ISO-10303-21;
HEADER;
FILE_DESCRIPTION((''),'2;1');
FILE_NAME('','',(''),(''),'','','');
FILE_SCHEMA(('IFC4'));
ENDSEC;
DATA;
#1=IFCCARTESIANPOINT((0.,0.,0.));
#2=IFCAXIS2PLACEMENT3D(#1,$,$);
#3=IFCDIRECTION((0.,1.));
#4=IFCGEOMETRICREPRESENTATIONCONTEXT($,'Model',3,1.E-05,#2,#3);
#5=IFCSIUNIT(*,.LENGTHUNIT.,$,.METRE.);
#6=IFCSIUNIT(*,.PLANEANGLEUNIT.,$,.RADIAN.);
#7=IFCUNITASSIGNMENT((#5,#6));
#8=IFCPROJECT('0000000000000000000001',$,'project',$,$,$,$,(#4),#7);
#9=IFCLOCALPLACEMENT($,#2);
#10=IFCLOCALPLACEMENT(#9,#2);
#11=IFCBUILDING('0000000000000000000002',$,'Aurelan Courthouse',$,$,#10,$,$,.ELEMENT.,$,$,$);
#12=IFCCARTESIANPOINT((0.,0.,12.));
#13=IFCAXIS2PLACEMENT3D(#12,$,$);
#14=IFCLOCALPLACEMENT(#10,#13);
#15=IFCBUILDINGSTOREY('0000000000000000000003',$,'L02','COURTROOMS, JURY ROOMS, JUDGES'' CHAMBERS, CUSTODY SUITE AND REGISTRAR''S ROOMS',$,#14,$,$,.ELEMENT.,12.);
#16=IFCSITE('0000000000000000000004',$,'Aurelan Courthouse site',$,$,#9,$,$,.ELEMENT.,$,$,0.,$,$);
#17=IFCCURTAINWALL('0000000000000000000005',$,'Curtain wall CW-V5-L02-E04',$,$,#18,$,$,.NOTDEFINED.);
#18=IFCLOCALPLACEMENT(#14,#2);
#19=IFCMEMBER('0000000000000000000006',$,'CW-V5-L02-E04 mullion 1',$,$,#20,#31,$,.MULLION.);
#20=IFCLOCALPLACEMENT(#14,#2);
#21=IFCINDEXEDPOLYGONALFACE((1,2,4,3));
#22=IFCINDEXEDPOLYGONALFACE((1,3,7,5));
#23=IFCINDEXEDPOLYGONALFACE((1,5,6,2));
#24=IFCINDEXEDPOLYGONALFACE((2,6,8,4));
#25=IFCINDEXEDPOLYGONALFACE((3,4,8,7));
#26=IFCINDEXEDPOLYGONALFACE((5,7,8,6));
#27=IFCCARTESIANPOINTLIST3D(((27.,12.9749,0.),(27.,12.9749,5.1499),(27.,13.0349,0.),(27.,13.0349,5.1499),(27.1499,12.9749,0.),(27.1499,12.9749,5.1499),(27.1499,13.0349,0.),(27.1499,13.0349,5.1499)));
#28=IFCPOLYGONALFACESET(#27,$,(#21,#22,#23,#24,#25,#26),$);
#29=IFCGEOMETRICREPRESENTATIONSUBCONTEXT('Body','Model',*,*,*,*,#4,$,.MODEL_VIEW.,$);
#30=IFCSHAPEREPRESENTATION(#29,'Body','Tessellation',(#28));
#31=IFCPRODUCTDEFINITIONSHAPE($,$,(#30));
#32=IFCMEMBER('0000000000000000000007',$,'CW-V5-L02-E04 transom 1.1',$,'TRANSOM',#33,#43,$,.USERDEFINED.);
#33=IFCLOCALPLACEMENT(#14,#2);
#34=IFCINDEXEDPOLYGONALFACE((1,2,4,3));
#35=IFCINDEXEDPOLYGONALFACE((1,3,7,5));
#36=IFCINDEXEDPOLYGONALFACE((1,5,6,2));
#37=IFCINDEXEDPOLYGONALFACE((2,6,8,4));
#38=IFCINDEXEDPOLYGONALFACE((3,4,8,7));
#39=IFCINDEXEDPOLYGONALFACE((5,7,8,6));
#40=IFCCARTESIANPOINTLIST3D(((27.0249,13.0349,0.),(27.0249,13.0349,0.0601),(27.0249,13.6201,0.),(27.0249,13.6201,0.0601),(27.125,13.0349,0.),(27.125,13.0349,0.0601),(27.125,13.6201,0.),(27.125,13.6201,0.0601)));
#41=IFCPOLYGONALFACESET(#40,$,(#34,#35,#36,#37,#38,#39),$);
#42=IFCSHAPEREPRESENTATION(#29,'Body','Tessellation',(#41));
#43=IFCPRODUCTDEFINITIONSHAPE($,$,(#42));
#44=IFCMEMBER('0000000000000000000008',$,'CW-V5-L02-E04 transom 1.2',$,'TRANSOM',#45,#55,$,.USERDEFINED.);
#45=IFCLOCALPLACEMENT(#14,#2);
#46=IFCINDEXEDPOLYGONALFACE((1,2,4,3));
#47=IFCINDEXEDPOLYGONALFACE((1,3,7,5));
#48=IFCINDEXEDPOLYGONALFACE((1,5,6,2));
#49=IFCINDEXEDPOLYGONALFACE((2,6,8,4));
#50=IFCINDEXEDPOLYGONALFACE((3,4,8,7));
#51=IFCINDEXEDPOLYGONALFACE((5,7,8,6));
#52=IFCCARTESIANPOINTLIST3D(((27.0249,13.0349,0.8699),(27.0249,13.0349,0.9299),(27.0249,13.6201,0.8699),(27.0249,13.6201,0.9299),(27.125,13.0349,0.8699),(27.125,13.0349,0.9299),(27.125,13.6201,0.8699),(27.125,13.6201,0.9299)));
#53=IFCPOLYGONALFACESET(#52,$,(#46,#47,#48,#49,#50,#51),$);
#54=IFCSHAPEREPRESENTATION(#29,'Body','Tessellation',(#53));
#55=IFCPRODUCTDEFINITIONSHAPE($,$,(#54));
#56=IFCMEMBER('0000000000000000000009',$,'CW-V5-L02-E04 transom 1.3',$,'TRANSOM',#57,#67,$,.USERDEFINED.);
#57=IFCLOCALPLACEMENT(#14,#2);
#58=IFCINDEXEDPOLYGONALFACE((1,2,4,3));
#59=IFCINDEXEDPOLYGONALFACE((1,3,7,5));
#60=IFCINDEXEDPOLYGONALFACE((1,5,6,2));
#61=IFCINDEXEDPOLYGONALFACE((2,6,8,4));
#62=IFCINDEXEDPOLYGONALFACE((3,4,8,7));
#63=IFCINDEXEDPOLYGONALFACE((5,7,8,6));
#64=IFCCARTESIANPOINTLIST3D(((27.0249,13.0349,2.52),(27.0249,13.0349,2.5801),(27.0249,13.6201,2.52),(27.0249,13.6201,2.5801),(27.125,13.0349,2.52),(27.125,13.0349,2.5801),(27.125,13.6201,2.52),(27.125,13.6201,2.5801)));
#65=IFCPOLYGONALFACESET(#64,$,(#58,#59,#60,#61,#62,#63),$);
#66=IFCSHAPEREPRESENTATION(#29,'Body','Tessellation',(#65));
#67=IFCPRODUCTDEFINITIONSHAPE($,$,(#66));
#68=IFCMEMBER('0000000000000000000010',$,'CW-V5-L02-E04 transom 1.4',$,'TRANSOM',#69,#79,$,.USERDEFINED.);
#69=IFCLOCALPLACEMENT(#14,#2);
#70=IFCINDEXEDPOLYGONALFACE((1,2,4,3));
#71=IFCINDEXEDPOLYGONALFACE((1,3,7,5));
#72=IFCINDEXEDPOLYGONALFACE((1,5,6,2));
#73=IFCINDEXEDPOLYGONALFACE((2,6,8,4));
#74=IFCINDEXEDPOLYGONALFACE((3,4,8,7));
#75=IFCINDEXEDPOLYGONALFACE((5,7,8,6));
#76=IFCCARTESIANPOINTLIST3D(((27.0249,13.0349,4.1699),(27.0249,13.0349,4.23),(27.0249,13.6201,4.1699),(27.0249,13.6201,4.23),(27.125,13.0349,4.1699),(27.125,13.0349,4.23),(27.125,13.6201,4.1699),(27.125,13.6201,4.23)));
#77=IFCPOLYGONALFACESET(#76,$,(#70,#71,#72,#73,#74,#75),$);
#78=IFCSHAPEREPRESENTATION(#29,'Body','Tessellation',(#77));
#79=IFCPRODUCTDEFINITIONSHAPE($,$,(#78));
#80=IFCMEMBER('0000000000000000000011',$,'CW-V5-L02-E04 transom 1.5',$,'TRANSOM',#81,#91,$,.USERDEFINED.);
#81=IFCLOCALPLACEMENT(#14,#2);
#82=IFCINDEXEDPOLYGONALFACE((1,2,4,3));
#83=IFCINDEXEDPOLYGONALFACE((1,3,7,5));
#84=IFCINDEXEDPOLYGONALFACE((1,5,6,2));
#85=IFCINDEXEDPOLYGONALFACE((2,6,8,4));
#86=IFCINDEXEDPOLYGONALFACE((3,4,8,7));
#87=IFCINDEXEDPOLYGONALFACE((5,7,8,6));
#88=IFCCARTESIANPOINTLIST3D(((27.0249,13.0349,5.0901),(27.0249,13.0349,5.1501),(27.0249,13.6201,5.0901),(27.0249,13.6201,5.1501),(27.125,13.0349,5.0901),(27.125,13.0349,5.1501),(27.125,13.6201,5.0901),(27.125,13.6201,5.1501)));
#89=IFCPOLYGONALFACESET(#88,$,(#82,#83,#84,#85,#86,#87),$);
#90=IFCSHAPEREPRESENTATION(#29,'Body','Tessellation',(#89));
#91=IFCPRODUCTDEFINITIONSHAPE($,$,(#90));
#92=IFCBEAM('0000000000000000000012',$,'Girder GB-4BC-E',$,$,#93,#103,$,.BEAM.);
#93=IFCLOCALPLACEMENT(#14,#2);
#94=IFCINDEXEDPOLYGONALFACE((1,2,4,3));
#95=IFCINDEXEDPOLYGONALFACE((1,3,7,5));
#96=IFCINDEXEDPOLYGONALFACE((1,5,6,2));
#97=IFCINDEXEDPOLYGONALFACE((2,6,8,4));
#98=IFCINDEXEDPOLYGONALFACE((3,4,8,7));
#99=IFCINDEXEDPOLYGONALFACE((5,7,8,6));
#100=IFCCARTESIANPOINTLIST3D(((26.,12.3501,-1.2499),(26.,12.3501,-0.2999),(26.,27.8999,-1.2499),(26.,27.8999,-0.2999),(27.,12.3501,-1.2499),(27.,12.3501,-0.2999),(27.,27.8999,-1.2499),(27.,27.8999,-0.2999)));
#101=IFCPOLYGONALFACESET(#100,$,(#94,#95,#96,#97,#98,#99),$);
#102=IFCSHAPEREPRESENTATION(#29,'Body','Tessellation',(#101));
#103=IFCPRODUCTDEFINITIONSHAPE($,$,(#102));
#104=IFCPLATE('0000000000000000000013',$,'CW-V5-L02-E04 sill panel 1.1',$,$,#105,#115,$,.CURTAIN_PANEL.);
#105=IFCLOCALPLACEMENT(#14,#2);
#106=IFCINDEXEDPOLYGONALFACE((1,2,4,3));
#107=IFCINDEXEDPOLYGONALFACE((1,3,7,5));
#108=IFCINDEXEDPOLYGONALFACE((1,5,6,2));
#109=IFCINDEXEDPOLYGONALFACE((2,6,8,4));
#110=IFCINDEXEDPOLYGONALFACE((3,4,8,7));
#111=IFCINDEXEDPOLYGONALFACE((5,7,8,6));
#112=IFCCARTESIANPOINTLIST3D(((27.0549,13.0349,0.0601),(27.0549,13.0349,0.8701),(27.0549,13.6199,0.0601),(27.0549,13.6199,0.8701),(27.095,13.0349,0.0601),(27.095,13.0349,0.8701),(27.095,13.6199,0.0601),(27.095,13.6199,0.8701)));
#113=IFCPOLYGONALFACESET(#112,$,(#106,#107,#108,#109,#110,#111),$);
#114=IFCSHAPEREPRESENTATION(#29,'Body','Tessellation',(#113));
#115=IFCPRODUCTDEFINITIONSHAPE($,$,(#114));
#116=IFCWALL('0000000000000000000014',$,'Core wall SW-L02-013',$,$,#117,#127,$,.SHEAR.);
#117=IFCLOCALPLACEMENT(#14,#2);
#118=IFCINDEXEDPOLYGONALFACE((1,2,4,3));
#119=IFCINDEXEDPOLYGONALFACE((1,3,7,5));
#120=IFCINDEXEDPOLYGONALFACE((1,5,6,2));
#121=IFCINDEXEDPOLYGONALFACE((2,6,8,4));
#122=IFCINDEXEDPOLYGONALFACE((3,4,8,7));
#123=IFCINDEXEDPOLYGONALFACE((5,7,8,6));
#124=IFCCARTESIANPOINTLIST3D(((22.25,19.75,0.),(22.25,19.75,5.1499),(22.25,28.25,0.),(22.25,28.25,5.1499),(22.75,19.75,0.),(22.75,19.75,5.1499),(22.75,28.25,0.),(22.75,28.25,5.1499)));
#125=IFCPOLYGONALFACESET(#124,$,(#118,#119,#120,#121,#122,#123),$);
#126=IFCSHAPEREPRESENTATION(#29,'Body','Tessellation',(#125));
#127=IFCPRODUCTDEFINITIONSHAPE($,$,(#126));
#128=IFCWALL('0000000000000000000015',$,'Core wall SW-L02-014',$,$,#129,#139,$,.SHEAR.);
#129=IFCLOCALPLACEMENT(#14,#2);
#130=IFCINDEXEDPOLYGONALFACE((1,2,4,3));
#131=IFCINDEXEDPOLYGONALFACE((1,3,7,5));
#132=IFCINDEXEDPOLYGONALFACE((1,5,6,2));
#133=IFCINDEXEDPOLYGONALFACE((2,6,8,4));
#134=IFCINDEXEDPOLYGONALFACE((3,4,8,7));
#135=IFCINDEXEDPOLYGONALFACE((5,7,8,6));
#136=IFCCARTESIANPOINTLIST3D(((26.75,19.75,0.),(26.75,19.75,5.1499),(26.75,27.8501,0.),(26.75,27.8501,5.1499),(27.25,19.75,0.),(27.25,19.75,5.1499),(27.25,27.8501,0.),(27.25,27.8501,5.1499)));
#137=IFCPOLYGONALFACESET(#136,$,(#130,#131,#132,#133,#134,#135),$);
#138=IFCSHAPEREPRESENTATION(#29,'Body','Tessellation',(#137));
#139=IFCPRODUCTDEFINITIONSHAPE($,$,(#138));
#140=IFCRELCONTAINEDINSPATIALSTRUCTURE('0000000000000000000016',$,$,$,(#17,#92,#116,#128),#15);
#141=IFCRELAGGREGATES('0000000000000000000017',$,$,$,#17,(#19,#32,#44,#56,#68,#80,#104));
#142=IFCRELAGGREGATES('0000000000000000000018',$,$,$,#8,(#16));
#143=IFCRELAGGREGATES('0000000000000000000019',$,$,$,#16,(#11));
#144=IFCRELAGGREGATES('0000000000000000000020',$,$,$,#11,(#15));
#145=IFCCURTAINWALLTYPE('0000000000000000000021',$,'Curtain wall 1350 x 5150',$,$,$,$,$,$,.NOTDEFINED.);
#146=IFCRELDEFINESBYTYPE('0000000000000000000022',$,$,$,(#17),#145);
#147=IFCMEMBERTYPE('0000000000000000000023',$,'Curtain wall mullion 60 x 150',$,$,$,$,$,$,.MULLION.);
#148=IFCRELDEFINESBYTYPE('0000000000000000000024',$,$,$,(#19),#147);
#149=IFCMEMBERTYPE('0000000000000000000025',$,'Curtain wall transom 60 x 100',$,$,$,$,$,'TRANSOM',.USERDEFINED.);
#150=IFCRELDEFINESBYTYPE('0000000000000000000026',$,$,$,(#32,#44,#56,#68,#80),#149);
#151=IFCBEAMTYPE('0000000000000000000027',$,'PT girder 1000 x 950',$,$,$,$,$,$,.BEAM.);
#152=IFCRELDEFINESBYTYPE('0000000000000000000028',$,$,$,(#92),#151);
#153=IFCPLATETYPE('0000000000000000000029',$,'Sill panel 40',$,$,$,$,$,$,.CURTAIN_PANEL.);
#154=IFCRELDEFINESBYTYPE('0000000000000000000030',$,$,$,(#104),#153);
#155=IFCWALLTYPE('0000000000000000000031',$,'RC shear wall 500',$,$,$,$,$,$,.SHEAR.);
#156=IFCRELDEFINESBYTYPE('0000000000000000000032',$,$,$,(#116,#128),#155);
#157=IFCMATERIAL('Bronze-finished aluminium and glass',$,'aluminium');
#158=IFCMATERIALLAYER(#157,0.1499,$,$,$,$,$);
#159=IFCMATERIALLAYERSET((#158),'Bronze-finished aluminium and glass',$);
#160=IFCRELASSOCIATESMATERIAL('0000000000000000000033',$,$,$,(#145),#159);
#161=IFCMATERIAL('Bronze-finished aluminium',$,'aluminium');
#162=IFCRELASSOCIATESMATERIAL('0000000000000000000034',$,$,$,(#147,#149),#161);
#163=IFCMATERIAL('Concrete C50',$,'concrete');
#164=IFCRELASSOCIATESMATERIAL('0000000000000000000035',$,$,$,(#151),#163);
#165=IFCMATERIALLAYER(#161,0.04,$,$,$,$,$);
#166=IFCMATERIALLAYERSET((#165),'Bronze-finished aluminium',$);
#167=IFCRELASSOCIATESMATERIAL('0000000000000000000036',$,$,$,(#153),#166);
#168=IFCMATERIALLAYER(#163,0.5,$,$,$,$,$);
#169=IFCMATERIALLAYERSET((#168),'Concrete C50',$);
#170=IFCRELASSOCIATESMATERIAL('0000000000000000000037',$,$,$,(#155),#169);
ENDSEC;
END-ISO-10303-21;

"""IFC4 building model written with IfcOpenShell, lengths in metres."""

from ifc_helpers import new_model, si_unit, direction, frame, frame_2d, origin, origin_2d, place, context, subcontext, project, spatial, rectangle, extrude, material, layer, layer_set, material_profile, profile_set, type_object, element, aggregate, save


model = new_model("IFC4")

# Units and contexts
model_context = context("Model", 3, precision=1e-05, world=origin(), true_north=direction((0.0, 1.0)))
body_context = subcontext(model_context, "Body", "Model", "MODEL_VIEW")
ifc_project = project(units=[si_unit("LENGTHUNIT", "METRE"), si_unit("PLANEANGLEUNIT", "RADIAN")], contexts=[model_context])

# Site, building, storey
site_placement = place(None, origin())
site = spatial("IfcSite", under=ifc_project, at=site_placement, Name="Aurelan Courthouse site", CompositionType="ELEMENT", RefElevation=0.0)
building_placement = place(site_placement, origin())
building = spatial("IfcBuilding", under=site, at=building_placement, Name="Aurelan Courthouse", CompositionType="ELEMENT")
storey_placement = place(building_placement, frame((0.0, 0.0, 12.0)))
storey = spatial("IfcBuildingStorey", under=building, at=storey_placement, Name="L02", Description="COURTROOMS, JURY ROOMS, JUDGES' CHAMBERS, CUSTODY SUITE AND REGISTRAR'S ROOMS", CompositionType="ELEMENT", Elevation=12.0)

# Curtain wall, members
ifc_material_1 = material(Name="Bronze-finished aluminium and glass", Category="aluminium")
ifc_layer_1 = layer(ifc_material_1, 0.1499)
ifc_layer_set_1 = layer_set([ifc_layer_1], Name="Bronze-finished aluminium and glass")
curtain_wall_type = type_object("IfcCurtainWallType", Name="Curtain wall 1350 x 5150", PredefinedType="NOTDEFINED", material=ifc_layer_set_1)
curtain_wall_placement = place(storey_placement, origin())
curtain_wall = element("IfcCurtainWall", 1, at=curtain_wall_placement, inside=storey, type_object=curtain_wall_type, Name="Curtain wall CW-V5-L02-E04", PredefinedType="NOTDEFINED")
ifc_material_2 = material(Name="Bronze-finished aluminium", Category="aluminium")
ifc_material_profile_1 = material_profile(ifc_material_2, rectangle(XDim=0.1499, YDim=0.0601, at=origin_2d()), Name="Bronze mullion 60 x 150")
ifc_profile_set_1 = profile_set([ifc_material_profile_1], Name="Bronze-finished aluminium")
member_type_1 = type_object("IfcMemberType", Name="Curtain wall mullion 60 x 150", PredefinedType="MULLION", material=ifc_profile_set_1)
member_1_placement = place(storey_placement, frame((27.075, 13.0049, 0.0), z_axis=(0.0, 0.0, 1.0), x_axis=(-1.0, 0.0, 0.0)))
member_1 = element("IfcMember", 2, at=member_1_placement, type_object=member_type_1, Name="CW-V5-L02-E04 mullion 1", PredefinedType="MULLION", context=body_context, shape_type="SweptSolid", body=[
    extrude(rectangle(XDim=0.1499, YDim=0.0601, at=origin_2d()), origin(), (0.0, 0.0, 1.0), 5.1499),
])
ifc_material_profile_2 = material_profile(ifc_material_2, rectangle(XDim=0.1001, YDim=0.0601, at=origin_2d()), Name="Bronze transom 60 x 100")
ifc_profile_set_2 = profile_set([ifc_material_profile_2], Name="Bronze-finished aluminium")
member_type_2 = type_object("IfcMemberType", Name="Curtain wall transom 60 x 100", ElementType="TRANSOM", PredefinedType="USERDEFINED", material=ifc_profile_set_2)
member_2_placement = place(storey_placement, frame((27.075, 13.0349, 0.03), z_axis=(0.0, 1.0, 0.0), x_axis=(-1.0, 0.0, 0.0)))
member_2 = element("IfcMember", 3, at=member_2_placement, type_object=member_type_2, Name="CW-V5-L02-E04 transom 1.1", ObjectType="TRANSOM", PredefinedType="USERDEFINED", context=body_context, shape_type="SweptSolid", body=[
    extrude(rectangle(XDim=0.1001, YDim=0.0601, at=origin_2d()), origin(), (0.0, 0.0, 1.0), 0.5852),
])
member_3_placement = place(storey_placement, frame((27.075, 13.0349, 0.8999), z_axis=(0.0, 1.0, 0.0), x_axis=(-1.0, 0.0, 0.0)))
member_3 = element("IfcMember", 4, at=member_3_placement, type_object=member_type_2, Name="CW-V5-L02-E04 transom 1.2", ObjectType="TRANSOM", PredefinedType="USERDEFINED", context=body_context, shape_type="SweptSolid", body=[
    extrude(rectangle(XDim=0.1001, YDim=0.0601, at=origin_2d()), origin(), (0.0, 0.0, 1.0), 0.5852),
])
member_4_placement = place(storey_placement, frame((27.075, 13.0349, 2.55), z_axis=(0.0, 1.0, 0.0), x_axis=(-1.0, 0.0, 0.0)))
member_4 = element("IfcMember", 5, at=member_4_placement, type_object=member_type_2, Name="CW-V5-L02-E04 transom 1.3", ObjectType="TRANSOM", PredefinedType="USERDEFINED", context=body_context, shape_type="SweptSolid", body=[
    extrude(rectangle(XDim=0.1001, YDim=0.0601, at=origin_2d()), origin(), (0.0, 0.0, 1.0), 0.5852),
])
member_5_placement = place(storey_placement, frame((27.075, 13.0349, 4.2), z_axis=(0.0, 1.0, 0.0), x_axis=(-1.0, 0.0, 0.0)))
member_5 = element("IfcMember", 6, at=member_5_placement, type_object=member_type_2, Name="CW-V5-L02-E04 transom 1.4", ObjectType="TRANSOM", PredefinedType="USERDEFINED", context=body_context, shape_type="SweptSolid", body=[
    extrude(rectangle(XDim=0.1001, YDim=0.0601, at=origin_2d()), origin(), (0.0, 0.0, 1.0), 0.5852),
])
member_6_placement = place(storey_placement, frame((27.075, 13.0349, 5.1201), z_axis=(0.0, 1.0, 0.0), x_axis=(-1.0, 0.0, 0.0)))
member_6 = element("IfcMember", 7, at=member_6_placement, type_object=member_type_2, Name="CW-V5-L02-E04 transom 1.5", ObjectType="TRANSOM", PredefinedType="USERDEFINED", context=body_context, shape_type="SweptSolid", body=[
    extrude(rectangle(XDim=0.1001, YDim=0.0601, at=origin_2d()), origin(), (0.0, 0.0, 1.0), 0.5852),
])

# Beam
ifc_material_3 = material(Name="Concrete C50", Category="concrete")
ifc_material_profile_3 = material_profile(ifc_material_3, rectangle(XDim=1.0, YDim=0.95, at=origin_2d()), Name="RC 1000 x 950")
ifc_profile_set_3 = profile_set([ifc_material_profile_3], Name="Concrete C50")
beam_type = type_object("IfcBeamType", Name="PT girder 1000 x 950", PredefinedType="BEAM", material=ifc_profile_set_3)
beam_placement = place(storey_placement, frame((26.5, 12.3501, -0.7749), z_axis=(0.0, 1.0, 0.0), x_axis=(-1.0, 0.0, 0.0)))
element("IfcBeam", 8, at=beam_placement, inside=storey, type_object=beam_type, Name="Girder GB-4BC-E", PredefinedType="BEAM", context=body_context, shape_type="SweptSolid", body=[
    extrude(rectangle(XDim=1.0, YDim=0.95, at=origin_2d()), origin(), (0.0, 0.0, 1.0), 15.5498),
])

# Plate
ifc_layer_2 = layer(ifc_material_2, 0.04)
ifc_layer_set_2 = layer_set([ifc_layer_2], Name="Bronze-finished aluminium")
plate_type = type_object("IfcPlateType", Name="Sill panel 40", PredefinedType="CURTAIN_PANEL", material=ifc_layer_set_2)
plate_placement = place(storey_placement, frame((27.075, 13.3274, 0.0601), z_axis=(0.0, 0.0, 1.0), x_axis=(0.0, 1.0, 0.0)))
plate = element("IfcPlate", 9, at=plate_placement, type_object=plate_type, Name="CW-V5-L02-E04 sill panel 1.1", PredefinedType="CURTAIN_PANEL", context=body_context, shape_type="SweptSolid", body=[
    extrude(rectangle(XDim=0.585, YDim=0.04, at=origin_2d()), origin(), (0.0, 0.0, 1.0), 0.8101),
])
aggregate(curtain_wall, [member_1, member_2, member_3, member_4, member_5, member_6, plate])

# Walls
ifc_layer_3 = layer(ifc_material_3, 0.5)
ifc_layer_set_3 = layer_set([ifc_layer_3], Name="Concrete C50")
wall_type_1 = type_object("IfcWallType", Name="RC shear wall 500", PredefinedType="SHEAR", material=ifc_layer_set_3)
wall_1_placement = place(storey_placement, frame((22.5, 19.75, 0.0), z_axis=(0.0, 0.0, 1.0), x_axis=(0.0, 1.0, 0.0)))
element("IfcWall", 10, at=wall_1_placement, inside=storey, type_object=wall_type_1, Name="Core wall SW-L02-013", PredefinedType="SHEAR", context=body_context, shape_type="SweptSolid", body=[
    extrude(rectangle(XDim=8.5, YDim=0.5, at=frame_2d((4.25, 0.0))), origin(), (0.0, 0.0, 1.0), 5.1499),
])
wall_2_placement = place(storey_placement, frame((27.0, 19.75, 0.0), z_axis=(0.0, 0.0, 1.0), x_axis=(0.0, 1.0, 0.0)))
element("IfcWall", 11, at=wall_2_placement, inside=storey, type_object=wall_type_1, Name="Core wall SW-L02-014", PredefinedType="SHEAR", context=body_context, shape_type="SweptSolid", body=[
    extrude(rectangle(XDim=8.1001, YDim=0.5, at=frame_2d((4.05, 0.0))), origin(), (0.0, 0.0, 1.0), 5.1499),
])

save(model, "model.ifc")
